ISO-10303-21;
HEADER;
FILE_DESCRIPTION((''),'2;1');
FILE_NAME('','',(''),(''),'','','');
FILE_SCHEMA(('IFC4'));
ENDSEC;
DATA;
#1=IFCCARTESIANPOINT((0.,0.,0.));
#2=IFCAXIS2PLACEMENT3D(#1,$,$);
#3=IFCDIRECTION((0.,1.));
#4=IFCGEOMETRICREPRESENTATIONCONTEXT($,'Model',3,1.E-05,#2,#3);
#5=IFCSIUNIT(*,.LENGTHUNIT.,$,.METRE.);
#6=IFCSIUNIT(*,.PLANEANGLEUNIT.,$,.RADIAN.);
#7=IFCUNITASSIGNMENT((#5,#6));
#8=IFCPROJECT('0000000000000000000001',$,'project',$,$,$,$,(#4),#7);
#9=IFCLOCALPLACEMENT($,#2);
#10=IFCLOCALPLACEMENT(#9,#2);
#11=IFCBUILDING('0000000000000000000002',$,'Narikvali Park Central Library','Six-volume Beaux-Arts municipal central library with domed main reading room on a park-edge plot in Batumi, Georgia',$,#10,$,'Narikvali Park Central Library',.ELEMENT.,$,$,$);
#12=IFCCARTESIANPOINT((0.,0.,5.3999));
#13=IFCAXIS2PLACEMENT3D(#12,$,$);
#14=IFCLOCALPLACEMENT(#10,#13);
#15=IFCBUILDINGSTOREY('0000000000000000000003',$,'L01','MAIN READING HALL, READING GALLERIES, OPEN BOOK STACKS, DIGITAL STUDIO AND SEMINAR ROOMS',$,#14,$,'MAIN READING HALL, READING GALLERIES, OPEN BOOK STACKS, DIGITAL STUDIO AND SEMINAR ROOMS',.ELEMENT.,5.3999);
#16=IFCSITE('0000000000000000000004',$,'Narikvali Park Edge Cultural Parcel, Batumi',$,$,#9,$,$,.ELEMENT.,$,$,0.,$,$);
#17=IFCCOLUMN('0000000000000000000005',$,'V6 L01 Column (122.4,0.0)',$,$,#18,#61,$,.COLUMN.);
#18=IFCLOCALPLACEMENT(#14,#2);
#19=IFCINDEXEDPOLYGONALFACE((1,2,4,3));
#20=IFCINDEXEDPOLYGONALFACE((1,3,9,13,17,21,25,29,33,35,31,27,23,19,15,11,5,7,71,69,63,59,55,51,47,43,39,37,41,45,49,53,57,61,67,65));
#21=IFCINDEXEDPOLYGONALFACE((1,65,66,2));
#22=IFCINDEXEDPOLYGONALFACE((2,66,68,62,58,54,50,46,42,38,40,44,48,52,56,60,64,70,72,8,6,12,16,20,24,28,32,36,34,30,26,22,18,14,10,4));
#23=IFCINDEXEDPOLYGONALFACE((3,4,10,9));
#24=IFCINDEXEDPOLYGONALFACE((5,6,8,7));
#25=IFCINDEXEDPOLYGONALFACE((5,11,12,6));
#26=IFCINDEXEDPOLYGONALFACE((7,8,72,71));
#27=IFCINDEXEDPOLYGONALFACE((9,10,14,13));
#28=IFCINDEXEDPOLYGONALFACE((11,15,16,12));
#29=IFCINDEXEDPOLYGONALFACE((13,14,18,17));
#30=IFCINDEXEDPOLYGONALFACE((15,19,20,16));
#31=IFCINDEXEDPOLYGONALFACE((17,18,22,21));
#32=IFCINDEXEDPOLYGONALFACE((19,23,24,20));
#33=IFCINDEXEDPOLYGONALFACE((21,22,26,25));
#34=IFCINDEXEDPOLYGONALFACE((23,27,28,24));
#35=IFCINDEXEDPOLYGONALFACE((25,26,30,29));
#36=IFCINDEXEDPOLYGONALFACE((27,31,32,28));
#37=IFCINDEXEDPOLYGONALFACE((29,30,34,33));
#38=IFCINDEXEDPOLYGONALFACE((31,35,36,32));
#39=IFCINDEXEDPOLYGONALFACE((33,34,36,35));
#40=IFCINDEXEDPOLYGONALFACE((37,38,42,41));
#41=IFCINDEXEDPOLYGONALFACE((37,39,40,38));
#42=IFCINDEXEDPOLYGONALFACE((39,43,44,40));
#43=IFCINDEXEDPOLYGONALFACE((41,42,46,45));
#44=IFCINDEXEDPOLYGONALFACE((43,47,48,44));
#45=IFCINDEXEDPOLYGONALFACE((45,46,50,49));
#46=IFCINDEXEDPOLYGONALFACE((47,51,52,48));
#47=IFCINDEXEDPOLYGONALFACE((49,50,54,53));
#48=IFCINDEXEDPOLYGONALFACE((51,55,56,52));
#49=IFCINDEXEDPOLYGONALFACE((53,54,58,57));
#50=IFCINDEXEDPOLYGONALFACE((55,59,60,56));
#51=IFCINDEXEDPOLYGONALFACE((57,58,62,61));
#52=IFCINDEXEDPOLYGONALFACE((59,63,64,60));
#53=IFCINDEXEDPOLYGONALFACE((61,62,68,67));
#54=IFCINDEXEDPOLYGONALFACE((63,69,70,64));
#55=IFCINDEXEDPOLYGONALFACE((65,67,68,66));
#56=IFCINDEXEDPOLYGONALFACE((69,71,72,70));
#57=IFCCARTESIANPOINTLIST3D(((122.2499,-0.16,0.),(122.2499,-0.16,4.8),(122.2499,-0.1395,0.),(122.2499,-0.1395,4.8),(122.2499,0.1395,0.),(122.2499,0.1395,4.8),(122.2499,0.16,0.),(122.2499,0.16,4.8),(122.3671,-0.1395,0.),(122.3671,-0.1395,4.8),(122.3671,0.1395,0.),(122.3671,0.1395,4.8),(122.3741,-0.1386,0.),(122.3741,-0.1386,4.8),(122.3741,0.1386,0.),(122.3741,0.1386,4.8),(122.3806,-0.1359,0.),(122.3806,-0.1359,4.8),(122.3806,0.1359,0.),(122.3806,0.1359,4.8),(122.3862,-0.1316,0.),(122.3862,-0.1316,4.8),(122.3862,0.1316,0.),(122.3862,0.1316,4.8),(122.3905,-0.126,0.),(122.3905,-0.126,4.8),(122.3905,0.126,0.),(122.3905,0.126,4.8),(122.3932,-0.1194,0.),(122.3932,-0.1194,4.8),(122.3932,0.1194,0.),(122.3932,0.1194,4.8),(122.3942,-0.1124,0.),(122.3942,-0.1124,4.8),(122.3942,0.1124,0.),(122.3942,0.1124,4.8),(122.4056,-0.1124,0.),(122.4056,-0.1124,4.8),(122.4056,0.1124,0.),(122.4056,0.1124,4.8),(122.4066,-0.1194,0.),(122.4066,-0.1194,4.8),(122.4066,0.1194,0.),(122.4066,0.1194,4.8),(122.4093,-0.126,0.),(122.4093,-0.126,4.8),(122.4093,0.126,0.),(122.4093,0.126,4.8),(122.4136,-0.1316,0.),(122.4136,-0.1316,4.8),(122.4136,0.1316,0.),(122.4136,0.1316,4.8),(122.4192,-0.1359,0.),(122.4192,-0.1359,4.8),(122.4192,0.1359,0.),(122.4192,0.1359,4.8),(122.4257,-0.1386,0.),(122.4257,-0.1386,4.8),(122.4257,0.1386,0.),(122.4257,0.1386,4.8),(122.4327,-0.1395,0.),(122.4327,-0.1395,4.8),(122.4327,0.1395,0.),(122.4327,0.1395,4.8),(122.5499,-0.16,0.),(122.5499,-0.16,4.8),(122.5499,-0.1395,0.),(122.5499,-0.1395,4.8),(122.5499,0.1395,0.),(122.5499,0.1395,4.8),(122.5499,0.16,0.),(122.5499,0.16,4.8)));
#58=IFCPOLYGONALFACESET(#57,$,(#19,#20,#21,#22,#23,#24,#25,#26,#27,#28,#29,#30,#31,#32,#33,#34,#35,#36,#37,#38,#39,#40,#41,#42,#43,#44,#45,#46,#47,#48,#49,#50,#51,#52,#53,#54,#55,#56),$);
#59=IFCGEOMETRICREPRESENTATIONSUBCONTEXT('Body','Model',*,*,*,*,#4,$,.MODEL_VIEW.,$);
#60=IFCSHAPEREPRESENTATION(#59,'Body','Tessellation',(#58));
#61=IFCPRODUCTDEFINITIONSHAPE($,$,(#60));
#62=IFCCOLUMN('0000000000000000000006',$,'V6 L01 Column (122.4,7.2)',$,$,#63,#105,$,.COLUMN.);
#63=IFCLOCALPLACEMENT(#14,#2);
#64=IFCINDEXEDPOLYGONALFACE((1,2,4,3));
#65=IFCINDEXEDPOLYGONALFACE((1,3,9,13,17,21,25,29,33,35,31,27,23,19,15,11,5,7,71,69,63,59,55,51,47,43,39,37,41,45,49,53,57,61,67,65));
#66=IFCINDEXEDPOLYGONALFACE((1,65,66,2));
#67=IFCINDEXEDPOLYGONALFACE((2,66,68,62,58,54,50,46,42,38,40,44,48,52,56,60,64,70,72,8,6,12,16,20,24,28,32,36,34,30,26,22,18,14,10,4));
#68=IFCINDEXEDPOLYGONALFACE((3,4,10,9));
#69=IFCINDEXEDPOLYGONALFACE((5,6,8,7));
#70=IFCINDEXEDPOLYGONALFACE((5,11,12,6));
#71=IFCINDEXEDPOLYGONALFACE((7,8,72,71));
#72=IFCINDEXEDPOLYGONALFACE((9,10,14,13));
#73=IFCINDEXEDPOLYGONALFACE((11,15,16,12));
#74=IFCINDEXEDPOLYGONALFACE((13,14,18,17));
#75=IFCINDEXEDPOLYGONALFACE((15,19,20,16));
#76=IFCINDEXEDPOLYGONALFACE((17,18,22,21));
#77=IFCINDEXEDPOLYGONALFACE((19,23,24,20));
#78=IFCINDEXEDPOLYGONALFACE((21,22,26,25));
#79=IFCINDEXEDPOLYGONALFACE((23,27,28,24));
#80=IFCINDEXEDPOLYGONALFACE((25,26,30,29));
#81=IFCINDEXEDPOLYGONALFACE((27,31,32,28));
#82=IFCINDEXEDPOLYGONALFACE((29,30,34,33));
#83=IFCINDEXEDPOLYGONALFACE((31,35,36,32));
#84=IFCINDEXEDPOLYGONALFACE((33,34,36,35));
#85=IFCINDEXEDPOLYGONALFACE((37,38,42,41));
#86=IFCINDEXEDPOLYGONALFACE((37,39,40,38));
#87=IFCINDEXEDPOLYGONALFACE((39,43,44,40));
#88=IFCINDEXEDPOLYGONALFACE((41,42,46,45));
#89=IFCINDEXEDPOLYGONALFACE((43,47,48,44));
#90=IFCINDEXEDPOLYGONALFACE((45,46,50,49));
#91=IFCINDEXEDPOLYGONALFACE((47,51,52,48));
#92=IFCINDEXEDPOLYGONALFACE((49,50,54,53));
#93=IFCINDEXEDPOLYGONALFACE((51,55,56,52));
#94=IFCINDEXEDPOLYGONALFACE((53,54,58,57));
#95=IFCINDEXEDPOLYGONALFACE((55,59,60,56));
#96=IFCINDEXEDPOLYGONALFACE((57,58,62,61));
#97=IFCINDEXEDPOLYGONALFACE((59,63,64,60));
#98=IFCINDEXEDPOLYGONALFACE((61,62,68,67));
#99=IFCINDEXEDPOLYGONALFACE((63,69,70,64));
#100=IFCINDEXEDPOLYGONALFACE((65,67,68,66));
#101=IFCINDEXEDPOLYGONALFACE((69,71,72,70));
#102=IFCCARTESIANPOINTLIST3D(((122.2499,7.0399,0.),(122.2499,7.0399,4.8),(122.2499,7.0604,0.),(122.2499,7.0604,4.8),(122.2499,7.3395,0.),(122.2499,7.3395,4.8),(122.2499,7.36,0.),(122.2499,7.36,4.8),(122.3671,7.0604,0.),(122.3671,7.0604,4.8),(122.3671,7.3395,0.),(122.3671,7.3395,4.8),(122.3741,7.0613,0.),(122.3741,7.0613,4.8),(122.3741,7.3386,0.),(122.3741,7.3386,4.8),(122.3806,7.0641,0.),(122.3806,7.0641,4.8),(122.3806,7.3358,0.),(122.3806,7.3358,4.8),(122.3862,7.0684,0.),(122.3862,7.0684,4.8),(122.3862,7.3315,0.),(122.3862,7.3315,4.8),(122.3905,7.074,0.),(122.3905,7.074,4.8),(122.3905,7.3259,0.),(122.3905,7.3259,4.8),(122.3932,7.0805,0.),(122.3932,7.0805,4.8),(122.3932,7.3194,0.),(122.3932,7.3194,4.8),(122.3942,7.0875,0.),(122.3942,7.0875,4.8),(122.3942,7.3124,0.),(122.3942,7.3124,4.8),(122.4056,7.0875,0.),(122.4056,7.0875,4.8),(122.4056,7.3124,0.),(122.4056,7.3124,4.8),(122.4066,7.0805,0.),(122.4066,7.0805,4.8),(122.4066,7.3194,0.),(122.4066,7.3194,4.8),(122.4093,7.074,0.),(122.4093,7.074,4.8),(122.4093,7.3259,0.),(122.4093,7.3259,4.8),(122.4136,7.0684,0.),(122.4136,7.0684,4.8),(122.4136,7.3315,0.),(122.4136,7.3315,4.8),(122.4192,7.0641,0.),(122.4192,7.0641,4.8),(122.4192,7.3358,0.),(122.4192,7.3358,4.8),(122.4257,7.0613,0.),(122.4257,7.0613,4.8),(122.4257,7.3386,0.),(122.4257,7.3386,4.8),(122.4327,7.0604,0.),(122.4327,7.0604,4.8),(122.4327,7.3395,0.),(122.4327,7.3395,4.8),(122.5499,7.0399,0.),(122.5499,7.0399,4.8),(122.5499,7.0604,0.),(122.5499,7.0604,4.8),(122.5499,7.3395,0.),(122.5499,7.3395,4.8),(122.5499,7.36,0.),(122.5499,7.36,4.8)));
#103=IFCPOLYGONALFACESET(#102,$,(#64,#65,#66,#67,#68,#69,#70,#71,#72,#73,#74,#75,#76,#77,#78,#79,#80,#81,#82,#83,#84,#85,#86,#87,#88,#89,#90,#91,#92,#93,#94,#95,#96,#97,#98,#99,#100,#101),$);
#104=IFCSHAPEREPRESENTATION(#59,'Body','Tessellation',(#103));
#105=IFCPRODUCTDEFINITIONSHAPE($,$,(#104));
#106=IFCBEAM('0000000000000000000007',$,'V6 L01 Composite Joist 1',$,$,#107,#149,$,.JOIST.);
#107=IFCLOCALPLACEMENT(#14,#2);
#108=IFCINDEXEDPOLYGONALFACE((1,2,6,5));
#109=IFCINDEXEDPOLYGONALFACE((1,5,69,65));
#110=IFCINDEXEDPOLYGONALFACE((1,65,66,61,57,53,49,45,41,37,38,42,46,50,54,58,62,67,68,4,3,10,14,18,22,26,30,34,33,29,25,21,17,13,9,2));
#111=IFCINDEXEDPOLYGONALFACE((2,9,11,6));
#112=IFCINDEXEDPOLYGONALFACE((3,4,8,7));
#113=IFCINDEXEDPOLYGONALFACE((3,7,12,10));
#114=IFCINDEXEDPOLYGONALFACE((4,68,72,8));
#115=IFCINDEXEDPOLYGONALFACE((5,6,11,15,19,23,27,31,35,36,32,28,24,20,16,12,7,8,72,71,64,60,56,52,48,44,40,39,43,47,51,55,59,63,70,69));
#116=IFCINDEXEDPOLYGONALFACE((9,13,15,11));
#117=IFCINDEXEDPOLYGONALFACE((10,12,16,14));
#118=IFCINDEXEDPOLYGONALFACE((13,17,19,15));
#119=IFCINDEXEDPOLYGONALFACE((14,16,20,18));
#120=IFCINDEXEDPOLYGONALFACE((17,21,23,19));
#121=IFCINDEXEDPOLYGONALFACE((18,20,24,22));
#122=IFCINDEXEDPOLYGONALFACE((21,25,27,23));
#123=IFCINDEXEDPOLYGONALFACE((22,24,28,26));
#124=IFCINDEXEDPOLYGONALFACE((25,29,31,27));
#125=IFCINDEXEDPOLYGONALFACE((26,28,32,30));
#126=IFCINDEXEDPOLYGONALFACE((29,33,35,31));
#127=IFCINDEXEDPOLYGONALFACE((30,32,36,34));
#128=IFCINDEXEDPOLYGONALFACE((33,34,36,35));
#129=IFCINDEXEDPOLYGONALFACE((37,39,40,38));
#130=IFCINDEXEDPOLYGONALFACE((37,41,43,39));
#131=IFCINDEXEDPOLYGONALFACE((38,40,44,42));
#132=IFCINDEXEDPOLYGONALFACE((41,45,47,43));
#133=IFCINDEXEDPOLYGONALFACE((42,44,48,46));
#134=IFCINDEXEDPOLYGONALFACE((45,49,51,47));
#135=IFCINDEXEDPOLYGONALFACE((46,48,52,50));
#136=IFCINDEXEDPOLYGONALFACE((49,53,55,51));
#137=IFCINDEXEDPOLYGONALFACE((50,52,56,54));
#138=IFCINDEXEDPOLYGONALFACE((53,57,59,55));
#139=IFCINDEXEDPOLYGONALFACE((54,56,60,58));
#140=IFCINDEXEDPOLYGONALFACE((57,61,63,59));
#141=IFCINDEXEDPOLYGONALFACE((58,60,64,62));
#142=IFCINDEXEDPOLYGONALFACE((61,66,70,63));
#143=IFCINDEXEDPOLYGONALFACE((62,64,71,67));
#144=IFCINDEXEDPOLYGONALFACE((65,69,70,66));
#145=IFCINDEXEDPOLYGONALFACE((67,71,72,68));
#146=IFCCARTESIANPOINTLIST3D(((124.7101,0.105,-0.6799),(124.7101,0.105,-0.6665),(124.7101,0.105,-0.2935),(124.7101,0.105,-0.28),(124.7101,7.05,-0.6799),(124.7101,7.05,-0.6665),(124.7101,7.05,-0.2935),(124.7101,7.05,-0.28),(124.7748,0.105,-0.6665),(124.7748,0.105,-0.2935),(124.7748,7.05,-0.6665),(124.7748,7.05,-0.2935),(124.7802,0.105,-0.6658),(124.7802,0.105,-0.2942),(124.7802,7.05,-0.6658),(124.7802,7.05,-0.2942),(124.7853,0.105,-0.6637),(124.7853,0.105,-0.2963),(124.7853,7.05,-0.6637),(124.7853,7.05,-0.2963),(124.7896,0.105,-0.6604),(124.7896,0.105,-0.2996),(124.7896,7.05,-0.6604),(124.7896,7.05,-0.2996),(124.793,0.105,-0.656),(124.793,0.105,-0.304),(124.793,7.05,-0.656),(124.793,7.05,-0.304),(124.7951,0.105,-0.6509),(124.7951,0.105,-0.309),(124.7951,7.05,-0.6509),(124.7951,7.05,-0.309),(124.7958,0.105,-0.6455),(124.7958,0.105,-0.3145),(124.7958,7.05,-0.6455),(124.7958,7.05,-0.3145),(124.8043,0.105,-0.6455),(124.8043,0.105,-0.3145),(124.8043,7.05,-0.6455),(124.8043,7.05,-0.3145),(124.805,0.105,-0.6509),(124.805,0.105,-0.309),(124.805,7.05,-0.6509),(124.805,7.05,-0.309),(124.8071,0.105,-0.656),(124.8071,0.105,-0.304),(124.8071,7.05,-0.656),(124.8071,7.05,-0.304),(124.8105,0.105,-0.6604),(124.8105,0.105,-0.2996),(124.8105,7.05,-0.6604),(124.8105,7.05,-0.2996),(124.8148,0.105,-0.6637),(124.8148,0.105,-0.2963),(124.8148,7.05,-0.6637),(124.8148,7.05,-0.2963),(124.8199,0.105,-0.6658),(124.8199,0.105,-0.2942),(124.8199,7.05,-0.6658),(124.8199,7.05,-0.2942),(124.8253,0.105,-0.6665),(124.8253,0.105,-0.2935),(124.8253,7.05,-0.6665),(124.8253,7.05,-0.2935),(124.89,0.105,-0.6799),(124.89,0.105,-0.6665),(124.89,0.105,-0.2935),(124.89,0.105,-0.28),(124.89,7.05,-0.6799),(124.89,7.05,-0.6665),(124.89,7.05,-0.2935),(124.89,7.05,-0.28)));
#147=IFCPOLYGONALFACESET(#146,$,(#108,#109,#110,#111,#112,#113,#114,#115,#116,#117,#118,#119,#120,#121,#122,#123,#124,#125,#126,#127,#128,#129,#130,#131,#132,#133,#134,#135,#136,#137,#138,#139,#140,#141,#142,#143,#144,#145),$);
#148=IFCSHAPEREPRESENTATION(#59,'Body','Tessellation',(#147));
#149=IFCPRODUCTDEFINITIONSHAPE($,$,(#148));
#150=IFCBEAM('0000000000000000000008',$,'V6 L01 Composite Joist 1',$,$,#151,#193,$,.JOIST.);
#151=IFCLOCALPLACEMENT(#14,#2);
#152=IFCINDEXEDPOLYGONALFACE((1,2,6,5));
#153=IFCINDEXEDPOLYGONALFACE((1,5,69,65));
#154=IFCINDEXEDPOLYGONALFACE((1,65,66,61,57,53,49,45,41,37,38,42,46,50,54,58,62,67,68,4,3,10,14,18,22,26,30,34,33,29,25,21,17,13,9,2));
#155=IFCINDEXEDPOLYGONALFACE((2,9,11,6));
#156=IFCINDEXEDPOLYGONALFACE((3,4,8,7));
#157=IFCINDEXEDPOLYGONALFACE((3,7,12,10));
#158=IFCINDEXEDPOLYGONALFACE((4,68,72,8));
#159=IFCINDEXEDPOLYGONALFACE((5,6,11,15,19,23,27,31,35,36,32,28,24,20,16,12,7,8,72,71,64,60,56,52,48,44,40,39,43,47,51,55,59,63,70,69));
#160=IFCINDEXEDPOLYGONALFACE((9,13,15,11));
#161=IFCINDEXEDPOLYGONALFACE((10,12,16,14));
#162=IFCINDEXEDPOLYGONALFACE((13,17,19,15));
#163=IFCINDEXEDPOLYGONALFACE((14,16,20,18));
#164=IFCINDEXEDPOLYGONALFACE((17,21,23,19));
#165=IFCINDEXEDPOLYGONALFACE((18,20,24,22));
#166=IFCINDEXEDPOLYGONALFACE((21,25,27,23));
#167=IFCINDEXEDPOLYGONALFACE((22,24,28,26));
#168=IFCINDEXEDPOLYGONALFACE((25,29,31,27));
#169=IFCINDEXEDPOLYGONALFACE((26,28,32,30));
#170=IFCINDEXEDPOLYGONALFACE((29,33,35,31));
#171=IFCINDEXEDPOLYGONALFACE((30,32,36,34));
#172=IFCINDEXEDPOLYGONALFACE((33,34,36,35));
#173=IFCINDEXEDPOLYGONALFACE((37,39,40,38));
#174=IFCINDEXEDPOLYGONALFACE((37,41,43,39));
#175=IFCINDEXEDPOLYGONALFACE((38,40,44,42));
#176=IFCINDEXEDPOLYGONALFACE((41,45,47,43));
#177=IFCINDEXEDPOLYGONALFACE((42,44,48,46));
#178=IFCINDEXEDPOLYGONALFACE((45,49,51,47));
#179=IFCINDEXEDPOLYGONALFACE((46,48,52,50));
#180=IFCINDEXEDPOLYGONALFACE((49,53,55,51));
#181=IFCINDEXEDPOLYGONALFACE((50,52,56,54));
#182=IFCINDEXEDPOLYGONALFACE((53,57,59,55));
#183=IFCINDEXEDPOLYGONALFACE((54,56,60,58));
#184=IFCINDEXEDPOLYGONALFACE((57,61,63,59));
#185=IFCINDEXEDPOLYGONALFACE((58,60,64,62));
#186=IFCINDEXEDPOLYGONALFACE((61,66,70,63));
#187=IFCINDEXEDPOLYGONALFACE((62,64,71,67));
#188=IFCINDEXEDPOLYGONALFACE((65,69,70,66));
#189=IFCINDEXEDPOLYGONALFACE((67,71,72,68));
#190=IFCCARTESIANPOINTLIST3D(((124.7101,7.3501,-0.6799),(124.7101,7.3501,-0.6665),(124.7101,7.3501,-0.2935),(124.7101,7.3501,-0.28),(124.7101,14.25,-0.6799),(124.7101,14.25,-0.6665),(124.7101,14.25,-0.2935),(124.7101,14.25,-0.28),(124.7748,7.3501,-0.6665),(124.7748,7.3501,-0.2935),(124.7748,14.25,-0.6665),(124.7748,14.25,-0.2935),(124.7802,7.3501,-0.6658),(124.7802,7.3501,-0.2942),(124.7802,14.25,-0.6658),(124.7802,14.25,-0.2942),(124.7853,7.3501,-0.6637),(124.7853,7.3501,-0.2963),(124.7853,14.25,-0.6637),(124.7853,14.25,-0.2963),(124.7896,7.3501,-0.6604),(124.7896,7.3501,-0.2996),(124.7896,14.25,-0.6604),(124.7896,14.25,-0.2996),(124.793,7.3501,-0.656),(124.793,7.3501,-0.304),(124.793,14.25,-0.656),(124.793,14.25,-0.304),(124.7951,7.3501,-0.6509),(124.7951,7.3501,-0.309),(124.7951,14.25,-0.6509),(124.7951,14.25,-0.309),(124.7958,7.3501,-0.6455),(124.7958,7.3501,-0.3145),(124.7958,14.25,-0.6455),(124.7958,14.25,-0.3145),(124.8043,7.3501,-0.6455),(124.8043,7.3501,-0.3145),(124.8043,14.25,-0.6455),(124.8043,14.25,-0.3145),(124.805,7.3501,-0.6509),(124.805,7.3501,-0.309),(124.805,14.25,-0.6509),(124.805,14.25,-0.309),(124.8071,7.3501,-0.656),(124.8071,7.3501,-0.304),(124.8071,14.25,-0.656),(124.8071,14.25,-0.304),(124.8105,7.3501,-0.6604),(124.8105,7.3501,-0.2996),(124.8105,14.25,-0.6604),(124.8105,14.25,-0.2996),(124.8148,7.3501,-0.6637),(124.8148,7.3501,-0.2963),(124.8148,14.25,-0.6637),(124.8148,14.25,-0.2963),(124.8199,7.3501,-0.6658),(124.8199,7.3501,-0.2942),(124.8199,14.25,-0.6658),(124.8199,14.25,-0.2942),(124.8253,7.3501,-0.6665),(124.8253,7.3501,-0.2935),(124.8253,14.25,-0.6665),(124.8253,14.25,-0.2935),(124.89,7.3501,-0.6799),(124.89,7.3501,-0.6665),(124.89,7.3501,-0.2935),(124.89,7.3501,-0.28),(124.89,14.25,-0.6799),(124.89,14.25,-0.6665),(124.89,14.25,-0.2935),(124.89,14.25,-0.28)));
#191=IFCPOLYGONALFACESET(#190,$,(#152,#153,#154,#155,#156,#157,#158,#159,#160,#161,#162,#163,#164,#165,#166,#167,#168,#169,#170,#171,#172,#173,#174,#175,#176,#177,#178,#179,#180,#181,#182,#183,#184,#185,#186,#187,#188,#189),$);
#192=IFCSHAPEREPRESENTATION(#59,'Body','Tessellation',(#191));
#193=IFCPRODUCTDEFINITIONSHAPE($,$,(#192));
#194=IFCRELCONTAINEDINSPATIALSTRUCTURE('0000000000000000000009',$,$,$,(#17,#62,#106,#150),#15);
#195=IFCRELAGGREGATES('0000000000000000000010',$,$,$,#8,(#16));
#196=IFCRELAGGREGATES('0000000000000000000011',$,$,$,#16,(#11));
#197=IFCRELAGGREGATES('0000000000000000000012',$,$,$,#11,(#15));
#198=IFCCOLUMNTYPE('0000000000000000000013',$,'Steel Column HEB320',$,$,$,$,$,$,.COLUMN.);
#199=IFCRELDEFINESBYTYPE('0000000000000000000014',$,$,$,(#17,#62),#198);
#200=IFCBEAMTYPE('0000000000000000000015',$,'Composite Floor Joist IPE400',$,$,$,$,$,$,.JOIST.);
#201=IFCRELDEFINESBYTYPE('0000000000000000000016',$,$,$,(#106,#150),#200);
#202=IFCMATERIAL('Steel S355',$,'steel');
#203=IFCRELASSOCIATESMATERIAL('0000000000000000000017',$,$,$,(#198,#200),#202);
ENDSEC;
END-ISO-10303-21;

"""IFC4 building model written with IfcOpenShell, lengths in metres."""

from ifc_helpers import new_model, si_unit, direction, frame, origin, origin_2d, place, context, subcontext, project, spatial, i_section, extrude, material, material_profile, profile_set, type_object, element, save


model = new_model("IFC4")

# Units and contexts
model_context = context("Model", 3, precision=1e-05, world=origin(), true_north=direction((0.0, 1.0)))
body_context = subcontext(model_context, "Body", "Model", "MODEL_VIEW")
ifc_project = project(units=[si_unit("LENGTHUNIT", "METRE"), si_unit("PLANEANGLEUNIT", "RADIAN")], contexts=[model_context])

# Site, building, storey
site_placement = place(None, origin())
site = spatial("IfcSite", under=ifc_project, at=site_placement, Name="Narikvali Park Edge Cultural Parcel, Batumi", CompositionType="ELEMENT", RefElevation=0.0)
building_placement = place(site_placement, origin())
building = spatial("IfcBuilding", under=site, at=building_placement, Name="Narikvali Park Central Library", Description="Six-volume Beaux-Arts municipal central library with domed main reading room on a park-edge plot in Batumi, Georgia", LongName="Narikvali Park Central Library", CompositionType="ELEMENT")
storey_placement = place(building_placement, frame((0.0, 0.0, 5.3999)))
storey = spatial("IfcBuildingStorey", under=building, at=storey_placement, Name="L01", Description="MAIN READING HALL, READING GALLERIES, OPEN BOOK STACKS, DIGITAL STUDIO AND SEMINAR ROOMS", LongName="MAIN READING HALL, READING GALLERIES, OPEN BOOK STACKS, DIGITAL STUDIO AND SEMINAR ROOMS", CompositionType="ELEMENT", Elevation=5.3999)

# Columns
ifc_material_1 = material(Name="Steel S355", Category="steel")
ifc_material_profile_1 = material_profile(ifc_material_1, i_section(OverallWidth=0.3, OverallDepth=0.3201, WebThickness=0.0115, FlangeThickness=0.0205, FilletRadius=0.0271, at=origin_2d()), Name="HEB 320")
ifc_profile_set_1 = profile_set([ifc_material_profile_1], Name="Steel S355")
column_type = type_object("IfcColumnType", Name="Steel Column HEB320", PredefinedType="COLUMN", material=ifc_profile_set_1)
for number, where, z_axis, x_axis, name in (
    (1, (122.3999, 0.0, 0.0), (0.0, 0.0, 1.0), (1.0, 0.0, 0.0), "V6 L01 Column (122.4,0.0)"),
    (2, (122.3999, 7.2, 0.0), (0.0, 0.0, 1.0), (1.0, 0.0, 0.0), "V6 L01 Column (122.4,7.2)"),
):
    element("IfcColumn", number, at=place(storey_placement, frame(where, z_axis=z_axis, x_axis=x_axis)), inside=storey, type_object=column_type, Name=name, PredefinedType="COLUMN", context=body_context, shape_type="SweptSolid", body=[
        extrude(i_section(OverallWidth=0.3, OverallDepth=0.3201, WebThickness=0.0115, FlangeThickness=0.0205, FilletRadius=0.0271, at=origin_2d()), origin(), (0.0, 0.0, 1.0), 4.8),
    ])

# Beams
ifc_material_profile_2 = material_profile(ifc_material_1, i_section(OverallWidth=0.1799, OverallDepth=0.3999, WebThickness=0.0085, FlangeThickness=0.0134, FilletRadius=0.021, at=origin_2d()), Name="IPE 400")
ifc_profile_set_2 = profile_set([ifc_material_profile_2], Name="Steel S355")
beam_type_1 = type_object("IfcBeamType", Name="Composite Floor Joist IPE400", PredefinedType="JOIST", material=ifc_profile_set_2)
beam_1_placement = place(storey_placement, frame((124.8, 0.105, -0.48), z_axis=(0.0, 1.0, 0.0), x_axis=(-1.0, 0.0, 0.0)))
element("IfcBeam", 3, at=beam_1_placement, inside=storey, type_object=beam_type_1, Name="V6 L01 Composite Joist 1", PredefinedType="JOIST", context=body_context, shape_type="SweptSolid", body=[
    extrude(i_section(OverallWidth=0.1799, OverallDepth=0.3999, WebThickness=0.0085, FlangeThickness=0.0134, FilletRadius=0.021, at=origin_2d()), origin(), (0.0, 0.0, 1.0), 6.9451),
])
beam_2_placement = place(storey_placement, frame((124.8, 7.3501, -0.48), z_axis=(0.0, 1.0, 0.0), x_axis=(-1.0, 0.0, 0.0)))
element("IfcBeam", 4, at=beam_2_placement, inside=storey, type_object=beam_type_1, Name="V6 L01 Composite Joist 1", PredefinedType="JOIST", context=body_context, shape_type="SweptSolid", body=[
    extrude(i_section(OverallWidth=0.1799, OverallDepth=0.3999, WebThickness=0.0085, FlangeThickness=0.0134, FilletRadius=0.021, at=origin_2d()), origin(), (0.0, 0.0, 1.0), 6.8999),
])

save(model, "model.ifc")
